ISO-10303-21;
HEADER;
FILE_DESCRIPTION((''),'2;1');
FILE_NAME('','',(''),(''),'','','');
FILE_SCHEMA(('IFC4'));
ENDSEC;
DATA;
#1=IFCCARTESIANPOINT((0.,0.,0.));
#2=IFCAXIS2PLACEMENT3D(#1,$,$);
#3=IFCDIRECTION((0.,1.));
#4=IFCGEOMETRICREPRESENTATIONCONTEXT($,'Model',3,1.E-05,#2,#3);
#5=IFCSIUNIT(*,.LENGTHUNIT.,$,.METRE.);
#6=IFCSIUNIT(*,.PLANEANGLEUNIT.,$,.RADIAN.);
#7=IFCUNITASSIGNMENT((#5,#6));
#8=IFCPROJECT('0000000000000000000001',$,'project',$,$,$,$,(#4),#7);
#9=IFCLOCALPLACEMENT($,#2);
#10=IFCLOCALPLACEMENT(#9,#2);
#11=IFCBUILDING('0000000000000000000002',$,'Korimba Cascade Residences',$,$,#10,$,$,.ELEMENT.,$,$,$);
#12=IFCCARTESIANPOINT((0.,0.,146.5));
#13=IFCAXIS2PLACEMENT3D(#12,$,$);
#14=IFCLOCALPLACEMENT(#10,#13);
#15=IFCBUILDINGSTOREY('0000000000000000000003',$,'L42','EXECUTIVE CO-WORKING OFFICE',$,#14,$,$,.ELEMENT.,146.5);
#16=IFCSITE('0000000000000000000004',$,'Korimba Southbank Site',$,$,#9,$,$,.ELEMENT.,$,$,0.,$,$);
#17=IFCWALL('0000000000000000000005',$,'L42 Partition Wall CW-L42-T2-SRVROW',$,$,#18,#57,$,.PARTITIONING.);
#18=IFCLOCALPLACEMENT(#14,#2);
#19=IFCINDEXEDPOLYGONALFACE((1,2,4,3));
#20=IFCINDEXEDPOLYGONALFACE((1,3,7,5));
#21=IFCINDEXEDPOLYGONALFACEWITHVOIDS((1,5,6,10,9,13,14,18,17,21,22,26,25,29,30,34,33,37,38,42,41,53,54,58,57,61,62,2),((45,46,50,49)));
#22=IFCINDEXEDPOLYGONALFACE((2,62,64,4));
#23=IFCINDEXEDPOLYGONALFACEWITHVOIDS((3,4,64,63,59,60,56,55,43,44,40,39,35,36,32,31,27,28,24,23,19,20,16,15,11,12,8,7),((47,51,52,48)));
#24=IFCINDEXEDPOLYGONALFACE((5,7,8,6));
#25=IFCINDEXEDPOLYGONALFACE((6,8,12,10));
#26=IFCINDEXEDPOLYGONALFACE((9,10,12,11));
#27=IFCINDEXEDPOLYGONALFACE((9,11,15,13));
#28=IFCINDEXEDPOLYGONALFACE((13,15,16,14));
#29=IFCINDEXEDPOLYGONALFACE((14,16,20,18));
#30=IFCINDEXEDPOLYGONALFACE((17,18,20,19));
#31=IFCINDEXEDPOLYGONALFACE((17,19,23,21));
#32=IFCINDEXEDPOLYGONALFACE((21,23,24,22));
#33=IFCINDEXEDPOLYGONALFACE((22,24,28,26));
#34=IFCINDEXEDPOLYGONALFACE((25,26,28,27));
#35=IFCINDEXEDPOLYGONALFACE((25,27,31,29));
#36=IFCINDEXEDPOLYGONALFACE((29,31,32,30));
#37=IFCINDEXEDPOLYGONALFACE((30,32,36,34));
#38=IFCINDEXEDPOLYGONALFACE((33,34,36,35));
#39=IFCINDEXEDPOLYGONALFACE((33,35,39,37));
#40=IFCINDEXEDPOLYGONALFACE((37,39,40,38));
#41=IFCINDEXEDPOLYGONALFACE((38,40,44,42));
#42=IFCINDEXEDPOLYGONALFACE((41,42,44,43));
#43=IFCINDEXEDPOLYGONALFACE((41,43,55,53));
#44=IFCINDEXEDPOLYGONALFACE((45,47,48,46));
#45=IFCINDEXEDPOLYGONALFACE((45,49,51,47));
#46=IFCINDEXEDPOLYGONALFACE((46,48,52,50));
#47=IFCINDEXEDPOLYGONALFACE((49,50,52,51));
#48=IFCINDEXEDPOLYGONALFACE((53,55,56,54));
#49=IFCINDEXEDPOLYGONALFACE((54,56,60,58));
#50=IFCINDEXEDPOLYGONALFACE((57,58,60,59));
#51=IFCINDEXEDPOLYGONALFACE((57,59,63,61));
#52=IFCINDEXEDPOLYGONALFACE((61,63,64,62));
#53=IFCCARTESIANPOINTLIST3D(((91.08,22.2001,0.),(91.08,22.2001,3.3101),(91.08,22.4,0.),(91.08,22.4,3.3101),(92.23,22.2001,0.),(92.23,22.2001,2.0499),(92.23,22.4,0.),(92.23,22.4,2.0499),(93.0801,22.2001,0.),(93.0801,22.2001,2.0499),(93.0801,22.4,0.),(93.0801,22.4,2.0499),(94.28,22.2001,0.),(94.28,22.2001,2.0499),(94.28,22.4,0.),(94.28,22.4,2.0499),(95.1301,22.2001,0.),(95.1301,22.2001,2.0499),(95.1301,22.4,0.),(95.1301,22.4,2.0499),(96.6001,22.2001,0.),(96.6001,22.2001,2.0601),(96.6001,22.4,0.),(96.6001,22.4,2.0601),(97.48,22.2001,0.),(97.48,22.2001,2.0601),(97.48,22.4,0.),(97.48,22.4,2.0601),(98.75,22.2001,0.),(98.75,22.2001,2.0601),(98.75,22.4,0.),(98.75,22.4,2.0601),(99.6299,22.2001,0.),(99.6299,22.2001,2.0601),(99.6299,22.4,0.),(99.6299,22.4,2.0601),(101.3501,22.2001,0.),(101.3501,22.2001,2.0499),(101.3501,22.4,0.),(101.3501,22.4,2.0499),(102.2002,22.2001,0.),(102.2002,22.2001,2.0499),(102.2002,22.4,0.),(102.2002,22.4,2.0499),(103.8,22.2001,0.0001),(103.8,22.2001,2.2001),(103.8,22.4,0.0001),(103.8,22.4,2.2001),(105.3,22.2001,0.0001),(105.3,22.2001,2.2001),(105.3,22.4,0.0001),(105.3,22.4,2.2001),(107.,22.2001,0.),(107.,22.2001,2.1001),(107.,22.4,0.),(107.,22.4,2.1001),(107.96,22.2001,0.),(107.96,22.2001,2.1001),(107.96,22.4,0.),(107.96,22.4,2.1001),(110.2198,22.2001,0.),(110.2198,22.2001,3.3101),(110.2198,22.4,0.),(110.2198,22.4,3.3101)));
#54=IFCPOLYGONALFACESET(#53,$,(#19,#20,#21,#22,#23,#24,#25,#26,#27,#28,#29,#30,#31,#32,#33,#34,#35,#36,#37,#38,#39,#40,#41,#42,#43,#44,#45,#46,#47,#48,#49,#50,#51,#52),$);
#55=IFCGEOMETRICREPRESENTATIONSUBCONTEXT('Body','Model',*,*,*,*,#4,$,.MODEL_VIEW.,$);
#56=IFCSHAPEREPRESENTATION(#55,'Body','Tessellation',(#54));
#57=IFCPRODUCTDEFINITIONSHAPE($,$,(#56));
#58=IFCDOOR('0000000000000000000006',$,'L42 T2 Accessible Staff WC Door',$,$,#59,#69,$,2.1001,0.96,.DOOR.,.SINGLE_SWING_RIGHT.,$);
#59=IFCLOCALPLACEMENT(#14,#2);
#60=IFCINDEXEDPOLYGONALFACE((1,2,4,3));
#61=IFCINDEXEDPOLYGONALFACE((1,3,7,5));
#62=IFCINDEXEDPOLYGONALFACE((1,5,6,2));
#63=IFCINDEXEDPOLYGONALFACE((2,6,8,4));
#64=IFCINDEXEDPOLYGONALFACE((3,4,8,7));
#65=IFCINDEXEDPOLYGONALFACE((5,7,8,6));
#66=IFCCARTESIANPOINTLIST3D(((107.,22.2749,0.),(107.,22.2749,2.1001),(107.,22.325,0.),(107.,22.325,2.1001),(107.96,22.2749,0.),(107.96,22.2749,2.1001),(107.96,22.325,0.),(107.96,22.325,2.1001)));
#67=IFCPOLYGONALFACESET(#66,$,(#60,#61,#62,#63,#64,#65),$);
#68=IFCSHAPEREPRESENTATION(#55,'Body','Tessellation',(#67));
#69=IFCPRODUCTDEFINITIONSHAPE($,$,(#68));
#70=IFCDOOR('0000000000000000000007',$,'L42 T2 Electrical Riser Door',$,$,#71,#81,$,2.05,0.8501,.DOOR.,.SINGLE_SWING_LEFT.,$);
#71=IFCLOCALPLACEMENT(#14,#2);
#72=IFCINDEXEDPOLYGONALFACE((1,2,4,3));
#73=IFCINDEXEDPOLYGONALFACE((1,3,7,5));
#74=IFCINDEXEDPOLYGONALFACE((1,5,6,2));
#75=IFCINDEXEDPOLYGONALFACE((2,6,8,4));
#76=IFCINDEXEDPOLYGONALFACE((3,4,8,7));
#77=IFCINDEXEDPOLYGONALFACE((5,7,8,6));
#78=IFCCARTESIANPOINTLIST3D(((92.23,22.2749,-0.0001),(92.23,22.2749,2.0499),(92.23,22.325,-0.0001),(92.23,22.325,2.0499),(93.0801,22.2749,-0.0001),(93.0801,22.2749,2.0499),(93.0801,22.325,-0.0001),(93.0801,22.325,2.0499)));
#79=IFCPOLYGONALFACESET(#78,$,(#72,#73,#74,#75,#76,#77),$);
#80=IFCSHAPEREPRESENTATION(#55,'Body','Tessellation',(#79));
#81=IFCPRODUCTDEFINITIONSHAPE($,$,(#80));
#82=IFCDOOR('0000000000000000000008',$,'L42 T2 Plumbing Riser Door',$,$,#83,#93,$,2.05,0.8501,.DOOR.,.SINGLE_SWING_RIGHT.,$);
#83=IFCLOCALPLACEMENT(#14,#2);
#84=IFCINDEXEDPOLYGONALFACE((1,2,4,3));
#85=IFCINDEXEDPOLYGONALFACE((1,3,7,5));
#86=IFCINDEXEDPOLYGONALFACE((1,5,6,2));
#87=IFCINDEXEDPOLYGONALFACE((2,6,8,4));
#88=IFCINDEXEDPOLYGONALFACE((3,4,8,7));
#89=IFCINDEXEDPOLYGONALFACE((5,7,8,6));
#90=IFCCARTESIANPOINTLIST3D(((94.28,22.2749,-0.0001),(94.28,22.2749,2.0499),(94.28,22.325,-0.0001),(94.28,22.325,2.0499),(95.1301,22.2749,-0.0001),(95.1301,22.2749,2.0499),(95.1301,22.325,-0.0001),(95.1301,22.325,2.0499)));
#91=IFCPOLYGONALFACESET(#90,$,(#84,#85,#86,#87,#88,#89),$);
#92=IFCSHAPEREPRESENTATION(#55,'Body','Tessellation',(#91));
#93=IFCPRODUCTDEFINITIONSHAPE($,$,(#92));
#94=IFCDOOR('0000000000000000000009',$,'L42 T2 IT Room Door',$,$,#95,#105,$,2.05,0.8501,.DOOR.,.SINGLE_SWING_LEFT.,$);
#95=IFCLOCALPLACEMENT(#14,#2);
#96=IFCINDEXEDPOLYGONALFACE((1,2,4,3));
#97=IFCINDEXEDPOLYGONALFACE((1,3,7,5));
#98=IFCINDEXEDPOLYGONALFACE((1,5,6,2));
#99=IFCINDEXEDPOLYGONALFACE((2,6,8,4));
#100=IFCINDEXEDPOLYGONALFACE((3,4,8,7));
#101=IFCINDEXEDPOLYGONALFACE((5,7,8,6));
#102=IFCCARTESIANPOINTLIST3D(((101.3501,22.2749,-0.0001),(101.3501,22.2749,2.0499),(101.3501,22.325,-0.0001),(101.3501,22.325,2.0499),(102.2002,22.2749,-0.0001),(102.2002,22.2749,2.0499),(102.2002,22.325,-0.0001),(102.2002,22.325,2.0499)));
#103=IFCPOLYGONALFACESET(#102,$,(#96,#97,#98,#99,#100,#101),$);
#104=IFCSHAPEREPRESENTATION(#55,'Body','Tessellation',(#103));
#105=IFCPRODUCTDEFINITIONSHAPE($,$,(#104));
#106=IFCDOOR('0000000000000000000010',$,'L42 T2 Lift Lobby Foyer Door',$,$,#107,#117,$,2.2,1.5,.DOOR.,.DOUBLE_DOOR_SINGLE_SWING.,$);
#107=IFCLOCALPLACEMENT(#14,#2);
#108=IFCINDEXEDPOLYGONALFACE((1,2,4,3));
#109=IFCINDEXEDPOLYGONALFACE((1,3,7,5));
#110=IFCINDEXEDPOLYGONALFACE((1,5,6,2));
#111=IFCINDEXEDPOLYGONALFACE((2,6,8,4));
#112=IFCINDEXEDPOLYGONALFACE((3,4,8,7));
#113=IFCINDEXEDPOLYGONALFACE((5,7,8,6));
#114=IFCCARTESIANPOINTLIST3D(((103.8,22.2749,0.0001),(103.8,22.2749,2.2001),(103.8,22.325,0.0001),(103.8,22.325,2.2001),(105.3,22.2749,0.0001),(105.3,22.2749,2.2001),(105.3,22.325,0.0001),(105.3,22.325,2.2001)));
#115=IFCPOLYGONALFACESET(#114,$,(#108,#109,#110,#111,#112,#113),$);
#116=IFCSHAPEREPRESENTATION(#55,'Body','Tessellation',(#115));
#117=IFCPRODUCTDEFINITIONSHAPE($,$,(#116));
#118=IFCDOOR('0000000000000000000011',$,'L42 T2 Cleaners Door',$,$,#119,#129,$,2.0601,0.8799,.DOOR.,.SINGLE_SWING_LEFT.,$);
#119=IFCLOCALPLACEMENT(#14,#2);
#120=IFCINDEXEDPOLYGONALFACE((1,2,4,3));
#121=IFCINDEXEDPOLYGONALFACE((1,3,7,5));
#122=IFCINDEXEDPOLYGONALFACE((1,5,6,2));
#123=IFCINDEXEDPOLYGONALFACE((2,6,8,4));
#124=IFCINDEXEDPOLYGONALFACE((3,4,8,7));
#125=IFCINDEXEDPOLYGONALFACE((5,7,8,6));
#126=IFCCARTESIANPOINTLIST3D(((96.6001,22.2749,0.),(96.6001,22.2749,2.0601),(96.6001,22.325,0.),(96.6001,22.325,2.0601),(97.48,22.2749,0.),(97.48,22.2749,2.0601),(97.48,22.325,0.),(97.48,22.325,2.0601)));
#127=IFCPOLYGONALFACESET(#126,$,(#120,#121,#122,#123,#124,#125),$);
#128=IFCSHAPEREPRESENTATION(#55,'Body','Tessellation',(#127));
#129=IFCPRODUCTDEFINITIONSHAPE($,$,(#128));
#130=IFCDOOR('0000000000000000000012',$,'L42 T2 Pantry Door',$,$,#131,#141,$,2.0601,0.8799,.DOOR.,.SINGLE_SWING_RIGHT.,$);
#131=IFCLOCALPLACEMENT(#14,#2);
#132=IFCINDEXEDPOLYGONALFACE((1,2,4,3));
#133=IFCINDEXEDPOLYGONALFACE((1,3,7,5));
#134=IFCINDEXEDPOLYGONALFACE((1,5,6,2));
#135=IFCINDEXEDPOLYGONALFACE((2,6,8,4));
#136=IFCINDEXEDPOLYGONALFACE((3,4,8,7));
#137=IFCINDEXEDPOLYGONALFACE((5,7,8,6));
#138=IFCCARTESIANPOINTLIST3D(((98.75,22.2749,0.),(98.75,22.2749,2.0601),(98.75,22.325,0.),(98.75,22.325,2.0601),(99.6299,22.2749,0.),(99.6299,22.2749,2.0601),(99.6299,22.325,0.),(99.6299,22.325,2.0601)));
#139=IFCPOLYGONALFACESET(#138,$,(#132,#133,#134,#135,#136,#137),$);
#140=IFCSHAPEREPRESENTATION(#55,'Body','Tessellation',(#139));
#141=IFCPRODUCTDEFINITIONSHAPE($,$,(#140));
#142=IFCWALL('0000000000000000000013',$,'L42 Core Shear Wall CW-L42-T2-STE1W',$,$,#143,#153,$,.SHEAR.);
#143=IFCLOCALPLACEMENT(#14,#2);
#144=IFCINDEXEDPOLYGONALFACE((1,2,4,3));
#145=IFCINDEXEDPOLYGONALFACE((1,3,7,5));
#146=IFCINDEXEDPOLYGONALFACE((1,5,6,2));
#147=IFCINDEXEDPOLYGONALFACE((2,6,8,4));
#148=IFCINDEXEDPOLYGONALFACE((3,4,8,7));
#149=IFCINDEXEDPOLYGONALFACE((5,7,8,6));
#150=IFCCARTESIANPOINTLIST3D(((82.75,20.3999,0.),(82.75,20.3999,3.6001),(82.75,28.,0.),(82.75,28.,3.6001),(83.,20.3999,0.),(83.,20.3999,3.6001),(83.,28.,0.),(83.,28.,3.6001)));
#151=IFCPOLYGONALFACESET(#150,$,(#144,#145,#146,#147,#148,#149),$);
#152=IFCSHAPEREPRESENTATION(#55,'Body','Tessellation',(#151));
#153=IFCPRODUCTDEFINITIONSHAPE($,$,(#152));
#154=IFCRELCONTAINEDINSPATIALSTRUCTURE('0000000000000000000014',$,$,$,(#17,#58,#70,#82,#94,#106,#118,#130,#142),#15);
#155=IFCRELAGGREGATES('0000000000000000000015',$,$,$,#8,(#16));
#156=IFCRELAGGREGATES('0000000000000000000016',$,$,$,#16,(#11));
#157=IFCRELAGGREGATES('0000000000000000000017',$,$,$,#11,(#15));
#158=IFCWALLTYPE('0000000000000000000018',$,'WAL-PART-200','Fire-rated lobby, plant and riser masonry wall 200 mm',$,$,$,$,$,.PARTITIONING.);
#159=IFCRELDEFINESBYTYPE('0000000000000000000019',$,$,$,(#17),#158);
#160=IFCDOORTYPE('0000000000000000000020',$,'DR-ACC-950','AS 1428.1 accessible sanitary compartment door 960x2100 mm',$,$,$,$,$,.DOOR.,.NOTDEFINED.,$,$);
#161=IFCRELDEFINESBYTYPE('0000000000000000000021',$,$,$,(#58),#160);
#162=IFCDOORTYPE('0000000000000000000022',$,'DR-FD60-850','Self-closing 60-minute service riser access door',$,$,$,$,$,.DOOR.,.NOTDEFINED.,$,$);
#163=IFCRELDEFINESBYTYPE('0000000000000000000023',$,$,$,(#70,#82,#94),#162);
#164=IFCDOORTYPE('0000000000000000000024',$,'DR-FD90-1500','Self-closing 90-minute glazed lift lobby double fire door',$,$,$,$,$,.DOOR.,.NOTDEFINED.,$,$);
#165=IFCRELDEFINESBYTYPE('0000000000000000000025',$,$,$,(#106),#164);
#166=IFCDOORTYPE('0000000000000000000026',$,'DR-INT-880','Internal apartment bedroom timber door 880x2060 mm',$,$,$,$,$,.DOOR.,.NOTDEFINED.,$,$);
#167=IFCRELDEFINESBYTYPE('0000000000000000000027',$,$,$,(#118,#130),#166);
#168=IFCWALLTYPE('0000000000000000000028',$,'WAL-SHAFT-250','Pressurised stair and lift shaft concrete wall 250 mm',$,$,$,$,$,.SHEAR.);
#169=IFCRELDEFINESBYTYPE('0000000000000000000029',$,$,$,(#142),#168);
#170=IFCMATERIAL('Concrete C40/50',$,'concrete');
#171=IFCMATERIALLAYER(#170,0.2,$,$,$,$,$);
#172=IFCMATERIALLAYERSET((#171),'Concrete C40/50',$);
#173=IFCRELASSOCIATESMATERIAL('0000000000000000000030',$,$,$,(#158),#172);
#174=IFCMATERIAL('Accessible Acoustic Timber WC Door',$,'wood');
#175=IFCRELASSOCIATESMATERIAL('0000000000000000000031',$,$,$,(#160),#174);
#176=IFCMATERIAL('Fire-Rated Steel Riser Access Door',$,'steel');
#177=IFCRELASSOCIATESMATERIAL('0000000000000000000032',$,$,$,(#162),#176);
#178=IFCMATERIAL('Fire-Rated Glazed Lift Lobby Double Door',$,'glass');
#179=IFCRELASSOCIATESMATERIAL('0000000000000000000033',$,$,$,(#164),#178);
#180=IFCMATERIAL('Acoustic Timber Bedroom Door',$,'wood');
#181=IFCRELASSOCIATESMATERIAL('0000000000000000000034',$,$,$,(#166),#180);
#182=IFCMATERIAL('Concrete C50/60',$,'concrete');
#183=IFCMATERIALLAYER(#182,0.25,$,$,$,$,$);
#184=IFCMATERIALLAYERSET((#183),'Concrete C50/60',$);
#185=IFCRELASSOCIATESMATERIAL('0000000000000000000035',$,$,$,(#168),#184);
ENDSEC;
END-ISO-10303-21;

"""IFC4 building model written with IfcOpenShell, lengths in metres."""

from ifc_helpers import new_model, si_unit, direction, frame, frame_2d, origin, place, context, subcontext, project, spatial, rectangle, extrude, material, layer, layer_set, type_object, element, fill, save


model = new_model("IFC4")

# Units and contexts
model_context = context("Model", 3, precision=1e-05, world=origin(), true_north=direction((0.0, 1.0)))
body_context = subcontext(model_context, "Body", "Model", "MODEL_VIEW")
ifc_project = project(units=[si_unit("LENGTHUNIT", "METRE"), si_unit("PLANEANGLEUNIT", "RADIAN")], contexts=[model_context])

# Site, building, storey
site_placement = place(None, origin())
site = spatial("IfcSite", under=ifc_project, at=site_placement, Name="Korimba Southbank Site", CompositionType="ELEMENT", RefElevation=0.0)
building_placement = place(site_placement, origin())
building = spatial("IfcBuilding", under=site, at=building_placement, Name="Korimba Cascade Residences", CompositionType="ELEMENT")
storey_placement = place(building_placement, frame((0.0, 0.0, 146.5)))
storey = spatial("IfcBuildingStorey", under=building, at=storey_placement, Name="L42", Description="EXECUTIVE CO-WORKING OFFICE", CompositionType="ELEMENT", Elevation=146.5)

# Wall, openings, doors
ifc_material_1 = material(Name="Concrete C40/50", Category="concrete")
ifc_layer_1 = layer(ifc_material_1, 0.2)
ifc_layer_set_1 = layer_set([ifc_layer_1], Name="Concrete C40/50")
wall_type_1 = type_object("IfcWallType", Name="WAL-PART-200", Description="Fire-rated lobby, plant and riser masonry wall 200 mm", PredefinedType="PARTITIONING", material=ifc_layer_set_1)
wall_1_placement = place(storey_placement, frame((91.0801, 22.3, 0.0), z_axis=(0.0, 0.0, 1.0), x_axis=(1.0, 0.0, 0.0)))
wall_1 = element("IfcWall", 1, at=wall_1_placement, inside=storey, type_object=wall_type_1, Name="L42 Partition Wall CW-L42-T2-SRVROW", PredefinedType="PARTITIONING", context=body_context, shape_type="SweptSolid", body=[
    extrude(rectangle(XDim=19.1399, YDim=0.2, at=frame_2d((9.5698, 0.0))), origin(), (0.0, 0.0, 1.0), 3.3101),
])
opening_1_placement = place(wall_1_placement, frame((1.1499, 0.0, 0.0)))
opening_1 = element("IfcOpeningElement", 2, at=opening_1_placement, cuts=wall_1, PredefinedType="OPENING", context=body_context, shape_type="SweptSolid", body=[
    extrude(rectangle(XDim=0.8501, YDim=2.05, at=frame_2d((0.425, 1.0249))), frame((0.0, 0.1099, 0.0), z_axis=(0.0, -1.0, 0.0), x_axis=(1.0, 0.0, 0.0)), (0.0, 0.0, 1.0), 0.22),
])
opening_2_placement = place(wall_1_placement, frame((3.2, 0.0, 0.0)))
opening_2 = element("IfcOpeningElement", 3, at=opening_2_placement, cuts=wall_1, PredefinedType="OPENING", context=body_context, shape_type="SweptSolid", body=[
    extrude(rectangle(XDim=0.8501, YDim=2.05, at=frame_2d((0.425, 1.0249))), frame((0.0, 0.1099, 0.0), z_axis=(0.0, -1.0, 0.0), x_axis=(1.0, 0.0, 0.0)), (0.0, 0.0, 1.0), 0.22),
])
opening_3_placement = place(wall_1_placement, frame((12.72, 0.0, 0.0)))
opening_3 = element("IfcOpeningElement", 4, at=opening_3_placement, cuts=wall_1, PredefinedType="OPENING", context=body_context, shape_type="SweptSolid", body=[
    extrude(rectangle(XDim=1.5, YDim=2.2, at=frame_2d((0.75, 1.1001))), frame((0.0, 0.1099, 0.0), z_axis=(0.0, -1.0, 0.0), x_axis=(1.0, 0.0, 0.0)), (0.0, 0.0, 1.0), 0.22),
])
opening_4_placement = place(wall_1_placement, frame((5.52, 0.0, 0.0)))
opening_4 = element("IfcOpeningElement", 5, at=opening_4_placement, cuts=wall_1, PredefinedType="OPENING", context=body_context, shape_type="SweptSolid", body=[
    extrude(rectangle(XDim=0.8799, YDim=2.0601, at=frame_2d((0.4399, 1.03))), frame((0.0, 0.1099, 0.0), z_axis=(0.0, -1.0, 0.0), x_axis=(1.0, 0.0, 0.0)), (0.0, 0.0, 1.0), 0.22),
])
opening_5_placement = place(wall_1_placement, frame((7.6699, 0.0, 0.0)))
opening_5 = element("IfcOpeningElement", 6, at=opening_5_placement, cuts=wall_1, PredefinedType="OPENING", context=body_context, shape_type="SweptSolid", body=[
    extrude(rectangle(XDim=0.8799, YDim=2.0601, at=frame_2d((0.4399, 1.03))), frame((0.0, 0.1099, 0.0), z_axis=(0.0, -1.0, 0.0), x_axis=(1.0, 0.0, 0.0)), (0.0, 0.0, 1.0), 0.22),
])
opening_6_placement = place(wall_1_placement, frame((10.27, 0.0, 0.0)))
opening_6 = element("IfcOpeningElement", 7, at=opening_6_placement, cuts=wall_1, PredefinedType="OPENING", context=body_context, shape_type="SweptSolid", body=[
    extrude(rectangle(XDim=0.8501, YDim=2.05, at=frame_2d((0.425, 1.0249))), frame((0.0, 0.1099, 0.0), z_axis=(0.0, -1.0, 0.0), x_axis=(1.0, 0.0, 0.0)), (0.0, 0.0, 1.0), 0.22),
])
opening_7_placement = place(wall_1_placement, frame((15.9199, 0.0, 0.0)))
opening_7 = element("IfcOpeningElement", 8, at=opening_7_placement, cuts=wall_1, PredefinedType="OPENING", context=body_context, shape_type="SweptSolid", body=[
    extrude(rectangle(XDim=0.96, YDim=2.1001, at=frame_2d((0.48, 1.05))), frame((0.0, 0.1099, 0.0), z_axis=(0.0, -1.0, 0.0), x_axis=(1.0, 0.0, 0.0)), (0.0, 0.0, 1.0), 0.22),
])
ifc_material_2 = material(Name="Accessible Acoustic Timber WC Door", Category="wood")
door_type_1 = type_object("IfcDoorType", Name="DR-ACC-950", Description="AS 1428.1 accessible sanitary compartment door 960x2100 mm", OperationType="NOTDEFINED", PredefinedType="DOOR", material=ifc_material_2)
door_1_placement = place(opening_7_placement, origin())
door_1 = element("IfcDoor", 9, at=door_1_placement, inside=storey, type_object=door_type_1, Name="L42 T2 Accessible Staff WC Door", OperationType="SINGLE_SWING_RIGHT", OverallHeight=2.1001, OverallWidth=0.96, PredefinedType="DOOR", context=body_context, shape_type="SweptSolid", body=[
    extrude(rectangle(XDim=0.96, YDim=2.1001, at=frame_2d((0.48, 1.05))), frame((0.0, 0.0249, 0.0), z_axis=(0.0, -1.0, 0.0), x_axis=(1.0, 0.0, 0.0)), (0.0, 0.0, 1.0), 0.05),
])
fill(opening_7, door_1)
ifc_material_3 = material(Name="Fire-Rated Steel Riser Access Door", Category="steel")
door_type_2 = type_object("IfcDoorType", Name="DR-FD60-850", Description="Self-closing 60-minute service riser access door", OperationType="NOTDEFINED", PredefinedType="DOOR", material=ifc_material_3)
door_2_placement = place(opening_1_placement, origin())
door_2 = element("IfcDoor", 10, at=door_2_placement, inside=storey, type_object=door_type_2, Name="L42 T2 Electrical Riser Door", OperationType="SINGLE_SWING_LEFT", OverallHeight=2.05, OverallWidth=0.8501, PredefinedType="DOOR", context=body_context, shape_type="SweptSolid", body=[
    extrude(rectangle(XDim=0.8501, YDim=2.05, at=frame_2d((0.425, 1.0249))), frame((0.0, 0.0249, 0.0), z_axis=(0.0, -1.0, 0.0), x_axis=(1.0, 0.0, 0.0)), (0.0, 0.0, 1.0), 0.05),
])
fill(opening_1, door_2)
door_3_placement = place(opening_2_placement, origin())
door_3 = element("IfcDoor", 11, at=door_3_placement, inside=storey, type_object=door_type_2, Name="L42 T2 Plumbing Riser Door", OperationType="SINGLE_SWING_RIGHT", OverallHeight=2.05, OverallWidth=0.8501, PredefinedType="DOOR", context=body_context, shape_type="SweptSolid", body=[
    extrude(rectangle(XDim=0.8501, YDim=2.05, at=frame_2d((0.425, 1.0249))), frame((0.0, 0.0249, 0.0), z_axis=(0.0, -1.0, 0.0), x_axis=(1.0, 0.0, 0.0)), (0.0, 0.0, 1.0), 0.05),
])
fill(opening_2, door_3)
door_4_placement = place(opening_6_placement, origin())
door_4 = element("IfcDoor", 12, at=door_4_placement, inside=storey, type_object=door_type_2, Name="L42 T2 IT Room Door", OperationType="SINGLE_SWING_LEFT", OverallHeight=2.05, OverallWidth=0.8501, PredefinedType="DOOR", context=body_context, shape_type="SweptSolid", body=[
    extrude(rectangle(XDim=0.8501, YDim=2.05, at=frame_2d((0.425, 1.0249))), frame((0.0, 0.0249, 0.0), z_axis=(0.0, -1.0, 0.0), x_axis=(1.0, 0.0, 0.0)), (0.0, 0.0, 1.0), 0.05),
])
fill(opening_6, door_4)
ifc_material_4 = material(Name="Fire-Rated Glazed Lift Lobby Double Door", Category="glass")
door_type_3 = type_object("IfcDoorType", Name="DR-FD90-1500", Description="Self-closing 90-minute glazed lift lobby double fire door", OperationType="NOTDEFINED", PredefinedType="DOOR", material=ifc_material_4)
door_5_placement = place(opening_3_placement, origin())
door_5 = element("IfcDoor", 13, at=door_5_placement, inside=storey, type_object=door_type_3, Name="L42 T2 Lift Lobby Foyer Door", OperationType="DOUBLE_DOOR_SINGLE_SWING", OverallHeight=2.2, OverallWidth=1.5, PredefinedType="DOOR", context=body_context, shape_type="SweptSolid", body=[
    extrude(rectangle(XDim=1.5, YDim=2.2, at=frame_2d((0.75, 1.1001))), frame((0.0, 0.0249, 0.0), z_axis=(0.0, -1.0, 0.0), x_axis=(1.0, 0.0, 0.0)), (0.0, 0.0, 1.0), 0.05),
])
fill(opening_3, door_5)
ifc_material_5 = material(Name="Acoustic Timber Bedroom Door", Category="wood")
door_type_4 = type_object("IfcDoorType", Name="DR-INT-880", Description="Internal apartment bedroom timber door 880x2060 mm", OperationType="NOTDEFINED", PredefinedType="DOOR", material=ifc_material_5)
door_6_placement = place(opening_4_placement, origin())
door_6 = element("IfcDoor", 14, at=door_6_placement, inside=storey, type_object=door_type_4, Name="L42 T2 Cleaners Door", OperationType="SINGLE_SWING_LEFT", OverallHeight=2.0601, OverallWidth=0.8799, PredefinedType="DOOR", context=body_context, shape_type="SweptSolid", body=[
    extrude(rectangle(XDim=0.8799, YDim=2.0601, at=frame_2d((0.4399, 1.03))), frame((0.0, 0.0249, 0.0), z_axis=(0.0, -1.0, 0.0), x_axis=(1.0, 0.0, 0.0)), (0.0, 0.0, 1.0), 0.05),
])
fill(opening_4, door_6)
door_7_placement = place(opening_5_placement, origin())
door_7 = element("IfcDoor", 15, at=door_7_placement, inside=storey, type_object=door_type_4, Name="L42 T2 Pantry Door", OperationType="SINGLE_SWING_RIGHT", OverallHeight=2.0601, OverallWidth=0.8799, PredefinedType="DOOR", context=body_context, shape_type="SweptSolid", body=[
    extrude(rectangle(XDim=0.8799, YDim=2.0601, at=frame_2d((0.4399, 1.03))), frame((0.0, 0.0249, 0.0), z_axis=(0.0, -1.0, 0.0), x_axis=(1.0, 0.0, 0.0)), (0.0, 0.0, 1.0), 0.05),
])
fill(opening_5, door_7)

# Wall
ifc_material_6 = material(Name="Concrete C50/60", Category="concrete")
ifc_layer_2 = layer(ifc_material_6, 0.25)
ifc_layer_set_2 = layer_set([ifc_layer_2], Name="Concrete C50/60")
wall_type_2 = type_object("IfcWallType", Name="WAL-SHAFT-250", Description="Pressurised stair and lift shaft concrete wall 250 mm", PredefinedType="SHEAR", material=ifc_layer_set_2)
wall_2_placement = place(storey_placement, frame((82.875, 20.3999, 0.0), z_axis=(0.0, 0.0, 1.0), x_axis=(0.0, 1.0, 0.0)))
element("IfcWall", 16, at=wall_2_placement, inside=storey, type_object=wall_type_2, Name="L42 Core Shear Wall CW-L42-T2-STE1W", PredefinedType="SHEAR", context=body_context, shape_type="SweptSolid", body=[
    extrude(rectangle(XDim=7.6001, YDim=0.25, at=frame_2d((3.8, 0.0))), origin(), (0.0, 0.0, 1.0), 3.6001),
])

save(model, "model.ifc")
